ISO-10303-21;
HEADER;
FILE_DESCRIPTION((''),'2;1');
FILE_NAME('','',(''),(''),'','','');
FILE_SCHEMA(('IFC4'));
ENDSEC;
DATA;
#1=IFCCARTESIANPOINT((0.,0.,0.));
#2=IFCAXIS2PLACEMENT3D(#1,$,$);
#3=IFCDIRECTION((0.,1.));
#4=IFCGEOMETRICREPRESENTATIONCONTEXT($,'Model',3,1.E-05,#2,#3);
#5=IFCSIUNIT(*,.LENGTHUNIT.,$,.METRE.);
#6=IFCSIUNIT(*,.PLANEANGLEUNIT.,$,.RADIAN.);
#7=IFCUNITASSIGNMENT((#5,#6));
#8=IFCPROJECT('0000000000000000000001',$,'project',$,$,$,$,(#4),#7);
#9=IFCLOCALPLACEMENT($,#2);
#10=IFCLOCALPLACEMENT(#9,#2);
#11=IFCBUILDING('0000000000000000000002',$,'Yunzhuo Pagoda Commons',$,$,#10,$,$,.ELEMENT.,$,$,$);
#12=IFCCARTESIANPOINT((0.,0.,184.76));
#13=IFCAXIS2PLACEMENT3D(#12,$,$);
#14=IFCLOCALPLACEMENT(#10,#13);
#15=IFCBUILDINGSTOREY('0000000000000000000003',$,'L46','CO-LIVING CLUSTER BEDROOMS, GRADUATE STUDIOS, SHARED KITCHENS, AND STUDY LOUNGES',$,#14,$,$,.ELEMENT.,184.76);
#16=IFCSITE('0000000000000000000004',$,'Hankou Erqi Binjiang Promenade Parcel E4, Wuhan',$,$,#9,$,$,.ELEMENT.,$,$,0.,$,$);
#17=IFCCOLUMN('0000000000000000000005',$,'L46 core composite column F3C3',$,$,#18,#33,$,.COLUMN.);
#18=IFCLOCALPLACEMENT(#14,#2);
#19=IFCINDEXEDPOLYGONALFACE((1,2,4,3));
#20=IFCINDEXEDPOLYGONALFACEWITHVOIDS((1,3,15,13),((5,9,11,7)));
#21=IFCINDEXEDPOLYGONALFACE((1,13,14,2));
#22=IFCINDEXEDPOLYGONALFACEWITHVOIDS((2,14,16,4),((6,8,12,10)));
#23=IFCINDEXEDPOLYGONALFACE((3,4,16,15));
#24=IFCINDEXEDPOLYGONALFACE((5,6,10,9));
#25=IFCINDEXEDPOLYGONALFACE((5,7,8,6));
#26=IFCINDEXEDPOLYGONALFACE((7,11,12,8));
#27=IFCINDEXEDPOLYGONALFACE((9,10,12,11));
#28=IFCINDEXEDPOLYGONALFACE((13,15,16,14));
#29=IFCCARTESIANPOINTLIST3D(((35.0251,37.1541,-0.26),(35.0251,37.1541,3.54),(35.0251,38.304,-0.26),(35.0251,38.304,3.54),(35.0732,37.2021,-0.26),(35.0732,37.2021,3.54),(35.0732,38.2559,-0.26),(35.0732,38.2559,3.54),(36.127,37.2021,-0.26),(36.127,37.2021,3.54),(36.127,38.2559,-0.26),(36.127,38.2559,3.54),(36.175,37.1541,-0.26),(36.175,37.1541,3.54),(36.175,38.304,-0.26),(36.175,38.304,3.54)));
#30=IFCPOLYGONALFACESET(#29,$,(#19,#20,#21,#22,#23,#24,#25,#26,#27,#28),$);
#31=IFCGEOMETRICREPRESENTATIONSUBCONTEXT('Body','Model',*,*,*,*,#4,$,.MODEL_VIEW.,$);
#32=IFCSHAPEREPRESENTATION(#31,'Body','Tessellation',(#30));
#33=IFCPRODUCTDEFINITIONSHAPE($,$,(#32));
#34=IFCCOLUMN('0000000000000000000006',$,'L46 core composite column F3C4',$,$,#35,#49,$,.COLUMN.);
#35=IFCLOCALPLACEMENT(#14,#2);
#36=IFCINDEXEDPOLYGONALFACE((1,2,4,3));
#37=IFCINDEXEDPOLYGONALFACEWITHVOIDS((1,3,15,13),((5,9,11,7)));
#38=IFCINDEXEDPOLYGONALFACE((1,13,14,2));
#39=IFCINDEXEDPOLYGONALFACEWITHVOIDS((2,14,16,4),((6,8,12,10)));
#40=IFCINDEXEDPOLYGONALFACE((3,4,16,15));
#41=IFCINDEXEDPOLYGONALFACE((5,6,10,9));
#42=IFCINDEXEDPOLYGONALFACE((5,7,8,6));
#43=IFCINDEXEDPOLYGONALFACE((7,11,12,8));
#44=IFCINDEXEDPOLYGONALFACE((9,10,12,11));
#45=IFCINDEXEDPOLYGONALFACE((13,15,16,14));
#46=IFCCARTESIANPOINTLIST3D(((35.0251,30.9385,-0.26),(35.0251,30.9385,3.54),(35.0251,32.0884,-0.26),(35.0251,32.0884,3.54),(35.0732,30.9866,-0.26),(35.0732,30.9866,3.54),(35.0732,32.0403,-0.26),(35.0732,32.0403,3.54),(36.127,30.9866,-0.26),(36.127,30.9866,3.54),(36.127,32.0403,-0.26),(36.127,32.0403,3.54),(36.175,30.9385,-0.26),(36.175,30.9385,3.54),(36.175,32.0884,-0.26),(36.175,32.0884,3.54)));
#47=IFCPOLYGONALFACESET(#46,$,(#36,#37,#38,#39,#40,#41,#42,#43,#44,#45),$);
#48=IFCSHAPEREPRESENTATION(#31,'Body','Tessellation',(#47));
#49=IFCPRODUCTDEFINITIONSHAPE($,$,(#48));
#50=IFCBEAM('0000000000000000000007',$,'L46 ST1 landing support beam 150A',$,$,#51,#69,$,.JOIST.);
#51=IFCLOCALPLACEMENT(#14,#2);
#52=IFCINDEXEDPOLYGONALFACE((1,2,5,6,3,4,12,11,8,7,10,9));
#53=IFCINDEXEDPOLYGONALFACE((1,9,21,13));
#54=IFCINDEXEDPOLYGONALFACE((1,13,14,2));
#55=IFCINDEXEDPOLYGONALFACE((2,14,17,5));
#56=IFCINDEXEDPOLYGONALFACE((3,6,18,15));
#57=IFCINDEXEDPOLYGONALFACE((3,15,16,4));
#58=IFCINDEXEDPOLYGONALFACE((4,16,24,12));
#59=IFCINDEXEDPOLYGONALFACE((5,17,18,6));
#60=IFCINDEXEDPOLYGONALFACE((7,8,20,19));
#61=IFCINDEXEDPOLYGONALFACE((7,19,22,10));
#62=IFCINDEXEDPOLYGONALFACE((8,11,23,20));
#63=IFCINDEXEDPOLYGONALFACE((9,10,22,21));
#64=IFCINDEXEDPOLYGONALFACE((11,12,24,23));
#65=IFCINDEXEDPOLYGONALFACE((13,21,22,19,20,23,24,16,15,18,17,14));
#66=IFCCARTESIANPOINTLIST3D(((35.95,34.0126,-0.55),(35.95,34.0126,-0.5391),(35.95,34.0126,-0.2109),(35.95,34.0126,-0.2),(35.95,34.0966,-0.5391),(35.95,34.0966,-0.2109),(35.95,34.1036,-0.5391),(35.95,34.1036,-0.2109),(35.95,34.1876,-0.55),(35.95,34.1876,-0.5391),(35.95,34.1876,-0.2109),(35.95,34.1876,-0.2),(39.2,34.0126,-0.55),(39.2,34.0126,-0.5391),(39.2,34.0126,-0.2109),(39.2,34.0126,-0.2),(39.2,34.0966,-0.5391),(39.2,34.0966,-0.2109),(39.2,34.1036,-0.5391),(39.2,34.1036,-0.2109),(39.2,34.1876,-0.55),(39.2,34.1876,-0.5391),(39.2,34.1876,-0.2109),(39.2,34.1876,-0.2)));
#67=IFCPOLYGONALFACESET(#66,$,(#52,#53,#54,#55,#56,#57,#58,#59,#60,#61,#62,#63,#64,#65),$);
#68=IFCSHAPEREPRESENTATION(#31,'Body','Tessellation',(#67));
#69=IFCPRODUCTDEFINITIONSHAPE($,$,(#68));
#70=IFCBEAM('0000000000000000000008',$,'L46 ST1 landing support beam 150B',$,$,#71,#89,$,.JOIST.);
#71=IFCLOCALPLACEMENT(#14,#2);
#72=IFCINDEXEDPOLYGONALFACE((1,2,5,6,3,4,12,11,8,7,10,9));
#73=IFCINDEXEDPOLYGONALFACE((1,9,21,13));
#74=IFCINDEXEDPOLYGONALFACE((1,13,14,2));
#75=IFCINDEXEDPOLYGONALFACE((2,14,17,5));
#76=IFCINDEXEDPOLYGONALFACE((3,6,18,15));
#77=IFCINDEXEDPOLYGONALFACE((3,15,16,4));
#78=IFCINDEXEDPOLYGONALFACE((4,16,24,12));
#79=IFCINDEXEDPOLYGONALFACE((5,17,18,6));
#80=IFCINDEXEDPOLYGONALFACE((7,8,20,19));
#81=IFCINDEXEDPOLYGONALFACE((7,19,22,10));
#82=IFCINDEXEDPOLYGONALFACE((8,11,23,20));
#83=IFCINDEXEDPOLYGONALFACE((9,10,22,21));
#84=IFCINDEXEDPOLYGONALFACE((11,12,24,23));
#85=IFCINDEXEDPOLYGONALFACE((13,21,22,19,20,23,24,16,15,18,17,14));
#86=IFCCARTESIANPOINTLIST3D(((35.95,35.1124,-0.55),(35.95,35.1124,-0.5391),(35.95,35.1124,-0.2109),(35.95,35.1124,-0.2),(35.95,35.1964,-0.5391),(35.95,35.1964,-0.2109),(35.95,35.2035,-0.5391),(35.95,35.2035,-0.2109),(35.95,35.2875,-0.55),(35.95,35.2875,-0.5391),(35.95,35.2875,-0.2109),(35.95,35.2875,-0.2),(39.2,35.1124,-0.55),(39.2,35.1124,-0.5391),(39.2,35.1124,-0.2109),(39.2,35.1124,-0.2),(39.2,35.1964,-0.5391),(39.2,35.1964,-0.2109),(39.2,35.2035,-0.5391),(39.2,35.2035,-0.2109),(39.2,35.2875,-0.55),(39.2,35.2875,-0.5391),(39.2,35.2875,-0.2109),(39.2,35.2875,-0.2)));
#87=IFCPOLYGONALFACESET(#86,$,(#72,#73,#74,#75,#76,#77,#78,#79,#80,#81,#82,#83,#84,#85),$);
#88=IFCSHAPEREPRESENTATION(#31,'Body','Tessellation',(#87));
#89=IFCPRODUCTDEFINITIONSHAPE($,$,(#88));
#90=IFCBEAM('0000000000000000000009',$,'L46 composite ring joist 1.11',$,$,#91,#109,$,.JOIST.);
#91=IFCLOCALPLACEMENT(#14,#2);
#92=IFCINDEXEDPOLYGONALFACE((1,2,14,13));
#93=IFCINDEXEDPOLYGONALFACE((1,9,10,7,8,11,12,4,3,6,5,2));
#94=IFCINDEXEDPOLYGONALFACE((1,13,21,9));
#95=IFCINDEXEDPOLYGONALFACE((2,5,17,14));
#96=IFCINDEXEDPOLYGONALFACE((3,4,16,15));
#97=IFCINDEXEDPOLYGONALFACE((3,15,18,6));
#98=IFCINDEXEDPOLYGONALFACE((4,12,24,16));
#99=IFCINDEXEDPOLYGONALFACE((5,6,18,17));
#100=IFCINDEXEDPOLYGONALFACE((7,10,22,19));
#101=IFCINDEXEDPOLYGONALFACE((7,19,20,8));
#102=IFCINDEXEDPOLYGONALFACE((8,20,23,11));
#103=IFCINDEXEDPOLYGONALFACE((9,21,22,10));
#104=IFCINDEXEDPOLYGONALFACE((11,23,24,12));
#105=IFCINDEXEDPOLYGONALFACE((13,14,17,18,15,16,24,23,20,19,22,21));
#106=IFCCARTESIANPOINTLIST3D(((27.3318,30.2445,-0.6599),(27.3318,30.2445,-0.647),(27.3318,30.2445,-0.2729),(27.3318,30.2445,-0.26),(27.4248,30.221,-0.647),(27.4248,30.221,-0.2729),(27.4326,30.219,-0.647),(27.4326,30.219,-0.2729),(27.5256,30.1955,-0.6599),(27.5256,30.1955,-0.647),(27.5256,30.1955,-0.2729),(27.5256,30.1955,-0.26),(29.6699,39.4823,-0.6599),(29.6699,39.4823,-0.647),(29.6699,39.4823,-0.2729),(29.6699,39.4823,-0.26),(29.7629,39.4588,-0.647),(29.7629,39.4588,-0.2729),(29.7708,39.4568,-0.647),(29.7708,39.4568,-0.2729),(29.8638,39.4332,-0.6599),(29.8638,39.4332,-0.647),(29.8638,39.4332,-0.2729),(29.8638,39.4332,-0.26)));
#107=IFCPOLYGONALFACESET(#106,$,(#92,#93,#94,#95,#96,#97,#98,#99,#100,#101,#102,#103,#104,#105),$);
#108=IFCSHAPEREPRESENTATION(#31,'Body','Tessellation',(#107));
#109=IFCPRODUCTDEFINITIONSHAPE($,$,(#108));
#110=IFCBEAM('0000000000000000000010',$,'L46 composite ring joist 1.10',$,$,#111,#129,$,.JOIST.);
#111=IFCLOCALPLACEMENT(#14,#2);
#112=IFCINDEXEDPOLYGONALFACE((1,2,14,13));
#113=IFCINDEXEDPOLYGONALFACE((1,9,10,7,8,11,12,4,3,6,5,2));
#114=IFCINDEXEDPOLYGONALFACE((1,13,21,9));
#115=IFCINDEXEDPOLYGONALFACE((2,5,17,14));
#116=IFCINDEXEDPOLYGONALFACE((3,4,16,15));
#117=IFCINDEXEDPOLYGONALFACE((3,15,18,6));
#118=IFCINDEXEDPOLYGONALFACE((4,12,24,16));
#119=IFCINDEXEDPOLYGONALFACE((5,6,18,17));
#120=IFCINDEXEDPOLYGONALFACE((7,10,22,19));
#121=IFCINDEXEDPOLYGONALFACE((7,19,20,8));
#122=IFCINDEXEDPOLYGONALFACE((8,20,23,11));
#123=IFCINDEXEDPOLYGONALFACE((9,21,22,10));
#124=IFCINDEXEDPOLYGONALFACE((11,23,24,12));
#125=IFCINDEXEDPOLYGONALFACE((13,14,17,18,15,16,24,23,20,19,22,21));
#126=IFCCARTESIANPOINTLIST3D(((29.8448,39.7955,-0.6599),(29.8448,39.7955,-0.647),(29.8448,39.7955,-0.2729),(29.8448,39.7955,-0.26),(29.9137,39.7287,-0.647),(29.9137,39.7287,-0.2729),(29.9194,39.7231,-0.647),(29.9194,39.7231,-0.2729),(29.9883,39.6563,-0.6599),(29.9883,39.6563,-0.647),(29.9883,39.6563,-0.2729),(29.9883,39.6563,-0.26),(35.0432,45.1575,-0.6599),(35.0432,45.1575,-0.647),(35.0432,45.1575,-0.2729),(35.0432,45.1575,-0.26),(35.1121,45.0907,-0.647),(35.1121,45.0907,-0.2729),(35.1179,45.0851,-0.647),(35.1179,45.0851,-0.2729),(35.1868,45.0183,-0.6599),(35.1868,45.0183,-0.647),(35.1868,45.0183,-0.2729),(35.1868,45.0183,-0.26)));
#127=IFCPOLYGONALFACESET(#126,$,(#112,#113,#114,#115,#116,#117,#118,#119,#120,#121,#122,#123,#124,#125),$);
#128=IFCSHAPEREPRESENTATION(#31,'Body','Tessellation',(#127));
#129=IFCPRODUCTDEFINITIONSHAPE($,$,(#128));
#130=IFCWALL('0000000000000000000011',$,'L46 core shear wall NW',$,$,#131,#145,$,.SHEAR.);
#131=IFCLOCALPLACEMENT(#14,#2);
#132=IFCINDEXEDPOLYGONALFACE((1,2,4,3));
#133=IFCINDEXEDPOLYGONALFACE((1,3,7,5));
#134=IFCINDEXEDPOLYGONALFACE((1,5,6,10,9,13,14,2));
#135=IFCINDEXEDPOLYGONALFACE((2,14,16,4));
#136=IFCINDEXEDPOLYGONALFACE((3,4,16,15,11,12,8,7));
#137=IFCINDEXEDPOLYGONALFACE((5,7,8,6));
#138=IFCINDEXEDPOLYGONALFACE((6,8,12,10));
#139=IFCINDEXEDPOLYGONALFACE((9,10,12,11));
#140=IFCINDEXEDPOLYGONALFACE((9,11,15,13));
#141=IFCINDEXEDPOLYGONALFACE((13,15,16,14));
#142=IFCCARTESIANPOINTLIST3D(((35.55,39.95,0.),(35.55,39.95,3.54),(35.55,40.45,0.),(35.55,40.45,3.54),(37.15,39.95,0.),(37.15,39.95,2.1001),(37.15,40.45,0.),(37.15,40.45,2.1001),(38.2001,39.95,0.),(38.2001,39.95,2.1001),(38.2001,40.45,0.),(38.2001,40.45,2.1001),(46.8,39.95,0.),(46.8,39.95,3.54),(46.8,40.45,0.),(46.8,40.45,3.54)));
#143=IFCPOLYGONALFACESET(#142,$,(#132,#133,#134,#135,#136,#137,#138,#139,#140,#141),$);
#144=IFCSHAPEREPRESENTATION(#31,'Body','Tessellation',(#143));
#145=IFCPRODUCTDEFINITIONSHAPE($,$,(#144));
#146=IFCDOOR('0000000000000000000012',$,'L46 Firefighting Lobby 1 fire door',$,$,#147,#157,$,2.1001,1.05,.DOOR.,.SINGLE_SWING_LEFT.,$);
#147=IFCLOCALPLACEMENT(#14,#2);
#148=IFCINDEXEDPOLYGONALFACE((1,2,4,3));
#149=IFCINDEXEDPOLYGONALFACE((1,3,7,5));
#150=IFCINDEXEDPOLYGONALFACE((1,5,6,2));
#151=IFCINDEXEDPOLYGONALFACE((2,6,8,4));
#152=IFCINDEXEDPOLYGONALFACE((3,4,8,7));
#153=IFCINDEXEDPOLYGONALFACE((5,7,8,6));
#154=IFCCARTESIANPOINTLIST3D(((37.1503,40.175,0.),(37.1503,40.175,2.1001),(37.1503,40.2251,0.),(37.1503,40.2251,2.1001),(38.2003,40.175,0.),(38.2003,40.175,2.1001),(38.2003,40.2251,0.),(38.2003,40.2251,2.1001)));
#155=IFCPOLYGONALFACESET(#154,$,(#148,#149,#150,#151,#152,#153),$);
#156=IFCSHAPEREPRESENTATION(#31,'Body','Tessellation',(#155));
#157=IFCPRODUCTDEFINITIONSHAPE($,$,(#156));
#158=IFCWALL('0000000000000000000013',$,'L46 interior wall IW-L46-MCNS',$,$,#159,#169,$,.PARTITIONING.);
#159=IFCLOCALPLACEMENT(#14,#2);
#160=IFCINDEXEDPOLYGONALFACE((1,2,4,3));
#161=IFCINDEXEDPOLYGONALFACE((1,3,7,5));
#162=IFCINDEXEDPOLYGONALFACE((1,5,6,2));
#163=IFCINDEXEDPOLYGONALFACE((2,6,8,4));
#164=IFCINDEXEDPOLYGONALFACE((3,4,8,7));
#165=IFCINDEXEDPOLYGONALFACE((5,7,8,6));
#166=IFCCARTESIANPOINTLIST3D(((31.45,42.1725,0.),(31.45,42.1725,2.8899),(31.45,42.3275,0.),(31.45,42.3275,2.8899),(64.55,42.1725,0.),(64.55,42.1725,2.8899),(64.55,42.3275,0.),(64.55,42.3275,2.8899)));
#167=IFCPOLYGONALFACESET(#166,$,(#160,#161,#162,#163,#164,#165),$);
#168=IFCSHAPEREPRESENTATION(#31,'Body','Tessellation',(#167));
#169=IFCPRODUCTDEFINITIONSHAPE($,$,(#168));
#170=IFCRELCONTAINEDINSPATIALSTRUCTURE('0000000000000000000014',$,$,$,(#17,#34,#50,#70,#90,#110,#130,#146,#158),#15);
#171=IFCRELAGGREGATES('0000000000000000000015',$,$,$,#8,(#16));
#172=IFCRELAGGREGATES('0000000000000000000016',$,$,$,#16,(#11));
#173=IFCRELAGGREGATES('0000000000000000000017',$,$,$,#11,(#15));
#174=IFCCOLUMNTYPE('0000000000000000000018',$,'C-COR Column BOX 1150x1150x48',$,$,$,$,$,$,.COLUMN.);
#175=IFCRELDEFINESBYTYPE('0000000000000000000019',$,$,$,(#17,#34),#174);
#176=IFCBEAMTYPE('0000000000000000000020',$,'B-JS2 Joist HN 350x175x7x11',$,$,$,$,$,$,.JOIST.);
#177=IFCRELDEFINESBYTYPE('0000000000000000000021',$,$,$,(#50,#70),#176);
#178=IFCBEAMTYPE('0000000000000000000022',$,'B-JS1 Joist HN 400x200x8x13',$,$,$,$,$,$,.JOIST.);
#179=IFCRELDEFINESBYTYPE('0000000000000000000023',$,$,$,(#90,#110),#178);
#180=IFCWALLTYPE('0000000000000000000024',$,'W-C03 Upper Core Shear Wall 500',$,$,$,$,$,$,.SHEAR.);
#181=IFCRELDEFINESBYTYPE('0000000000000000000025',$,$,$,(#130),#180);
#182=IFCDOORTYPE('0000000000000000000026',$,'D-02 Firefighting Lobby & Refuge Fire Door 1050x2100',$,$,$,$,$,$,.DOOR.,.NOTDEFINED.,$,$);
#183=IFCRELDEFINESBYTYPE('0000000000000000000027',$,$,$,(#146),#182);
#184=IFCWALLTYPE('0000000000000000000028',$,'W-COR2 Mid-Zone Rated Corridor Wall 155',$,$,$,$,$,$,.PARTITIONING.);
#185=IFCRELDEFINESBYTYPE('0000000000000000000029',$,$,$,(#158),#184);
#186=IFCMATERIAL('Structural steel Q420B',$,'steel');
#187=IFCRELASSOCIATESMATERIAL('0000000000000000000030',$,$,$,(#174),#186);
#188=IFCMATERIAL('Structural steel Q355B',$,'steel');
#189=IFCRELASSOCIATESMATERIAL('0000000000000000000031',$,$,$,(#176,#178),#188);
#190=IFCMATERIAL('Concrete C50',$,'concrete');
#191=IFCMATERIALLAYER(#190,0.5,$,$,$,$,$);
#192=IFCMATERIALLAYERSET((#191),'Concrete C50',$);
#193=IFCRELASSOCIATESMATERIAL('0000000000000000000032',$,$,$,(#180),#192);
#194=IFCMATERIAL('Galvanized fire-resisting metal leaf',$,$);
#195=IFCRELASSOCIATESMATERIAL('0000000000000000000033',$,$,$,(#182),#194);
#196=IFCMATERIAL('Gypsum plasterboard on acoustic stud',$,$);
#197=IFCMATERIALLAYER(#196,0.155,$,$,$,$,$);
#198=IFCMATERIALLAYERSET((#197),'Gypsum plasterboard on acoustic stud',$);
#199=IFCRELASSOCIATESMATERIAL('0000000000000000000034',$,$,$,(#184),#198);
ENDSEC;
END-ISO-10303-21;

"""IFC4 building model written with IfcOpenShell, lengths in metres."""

from ifc_helpers import new_model, si_unit, direction, frame, frame_2d, origin, origin_2d, place, context, subcontext, project, spatial, rectangle, hollow_rectangle, i_section, extrude, source, transform, mapped, material, layer, layer_set, material_profile, profile_set, type_object, element, fill, save


model = new_model("IFC4")

# Units and contexts
model_context = context("Model", 3, precision=1e-05, world=origin(), true_north=direction((0.0, 1.0)))
body_context = subcontext(model_context, "Body", "Model", "MODEL_VIEW")
ifc_project = project(units=[si_unit("LENGTHUNIT", "METRE"), si_unit("PLANEANGLEUNIT", "RADIAN")], contexts=[model_context])

# Site, building, storey
site_placement = place(None, origin())
site = spatial("IfcSite", under=ifc_project, at=site_placement, Name="Hankou Erqi Binjiang Promenade Parcel E4, Wuhan", CompositionType="ELEMENT", RefElevation=0.0)
building_placement = place(site_placement, origin())
building = spatial("IfcBuilding", under=site, at=building_placement, Name="Yunzhuo Pagoda Commons", CompositionType="ELEMENT")
storey_placement = place(building_placement, frame((0.0, 0.0, 184.76)))
storey = spatial("IfcBuildingStorey", under=building, at=storey_placement, Name="L46", Description="CO-LIVING CLUSTER BEDROOMS, GRADUATE STUDIOS, SHARED KITCHENS, AND STUDY LOUNGES", CompositionType="ELEMENT", Elevation=184.76)

# Columns
ifc_material_1 = material(Name="Structural steel Q420B", Category="steel")
ifc_material_profile_1 = material_profile(ifc_material_1, hollow_rectangle(XDim=1.1499, YDim=1.1499, WallThickness=0.0481, at=origin_2d()), Name="Structural steel Q420B")
ifc_profile_set_1 = profile_set([ifc_material_profile_1], Name="Structural steel Q420B")
column_type = type_object("IfcColumnType", Name="C-COR Column BOX 1150x1150x48", PredefinedType="COLUMN", material=ifc_profile_set_1)
shared_shape_1 = source(origin(), body_context, "Body", "SweptSolid", [
    extrude(hollow_rectangle(XDim=1.1499, YDim=1.1499, WallThickness=0.0481, at=origin_2d()), origin(), (0.0, 0.0, 1.0), 3.8),
])
for number, where, z_axis, x_axis, name in (
    (1, (35.6001, 37.729, -0.26), (0.0, 0.0, 1.0), (1.0, 0.0, 0.0), "L46 core composite column F3C3"),
    (2, (35.6001, 31.5134, -0.26), (0.0, 0.0, 1.0), (1.0, 0.0, 0.0), "L46 core composite column F3C4"),
):
    element("IfcColumn", number, at=place(storey_placement, frame(where, z_axis=z_axis, x_axis=x_axis)), inside=storey, type_object=column_type, Name=name, PredefinedType="COLUMN", context=body_context, shape_type="MappedRepresentation", body=[
        mapped(shared_shape_1, transform((0.0, 0.0, 0.0), scale=1.0)),
    ])

# Beams
ifc_material_2 = material(Name="Structural steel Q355B", Category="steel")
ifc_material_profile_2 = material_profile(ifc_material_2, i_section(OverallWidth=0.175, OverallDepth=0.3501, WebThickness=0.0071, FlangeThickness=0.011, at=origin_2d()), Name="Structural steel Q355B")
ifc_profile_set_2 = profile_set([ifc_material_profile_2], Name="Structural steel Q355B")
beam_type_1 = type_object("IfcBeamType", Name="B-JS2 Joist HN 350x175x7x11", PredefinedType="JOIST", material=ifc_profile_set_2)
shared_shape_2 = source(origin(), body_context, "Body", "SweptSolid", [
    extrude(i_section(OverallWidth=0.175, OverallDepth=0.3501, WebThickness=0.0071, FlangeThickness=0.011, at=origin_2d()), origin(), (0.0, 0.0, 1.0), 3.25),
])
for number, where, z_axis, x_axis, name in (
    (3, (35.95, 34.1001, -0.375), (1.0, 0.0, 0.0), (0.0, 1.0, 0.0), "L46 ST1 landing support beam 150A"),
    (4, (35.95, 35.2, -0.375), (1.0, 0.0, 0.0), (0.0, 1.0, 0.0), "L46 ST1 landing support beam 150B"),
):
    element("IfcBeam", number, at=place(storey_placement, frame(where, z_axis=z_axis, x_axis=x_axis)), inside=storey, type_object=beam_type_1, Name=name, PredefinedType="JOIST", context=body_context, shape_type="MappedRepresentation", body=[
        mapped(shared_shape_2, transform((0.0, 0.0, 0.0), scale=1.0)),
    ])
ifc_material_profile_3 = material_profile(ifc_material_2, i_section(OverallWidth=0.2, OverallDepth=0.3999, WebThickness=0.0081, FlangeThickness=0.0129, at=origin_2d()), Name="Structural steel Q355B")
ifc_profile_set_3 = profile_set([ifc_material_profile_3], Name="Structural steel Q355B")
beam_type_2 = type_object("IfcBeamType", Name="B-JS1 Joist HN 400x200x8x13", PredefinedType="JOIST", material=ifc_profile_set_3)
shared_shape_3 = source(origin(), body_context, "Body", "SweptSolid", [
    extrude(i_section(OverallWidth=0.2, OverallDepth=0.3999, WebThickness=0.0081, FlangeThickness=0.0129, at=origin_2d()), origin(), (0.0, 0.0, 1.0), 9.5291),
])
beam_1_placement = place(storey_placement, frame((29.7668, 39.4578, -0.46), z_axis=(-0.245368, -0.96943, 0.0), x_axis=(0.96943, -0.245368, 0.0)))
element("IfcBeam", 5, at=beam_1_placement, inside=storey, type_object=beam_type_2, Name="L46 composite ring joist 1.11", PredefinedType="JOIST", context=body_context, shape_type="MappedRepresentation", body=[
    mapped(shared_shape_3, transform((0.0, 0.0, 0.0), scale=1.0)),
])
shared_shape_4 = source(origin(), body_context, "Body", "SweptSolid", [
    extrude(i_section(OverallWidth=0.2, OverallDepth=0.3999, WebThickness=0.0081, FlangeThickness=0.0129, at=origin_2d()), origin(), (0.0, 0.0, 1.0), 7.4683),
])
beam_2_placement = place(storey_placement, frame((35.115, 45.0879, -0.46), z_axis=(-0.696071, -0.717973, 0.0), x_axis=(0.717973, -0.696071, 0.0)))
element("IfcBeam", 6, at=beam_2_placement, inside=storey, type_object=beam_type_2, Name="L46 composite ring joist 1.10", PredefinedType="JOIST", context=body_context, shape_type="MappedRepresentation", body=[
    mapped(shared_shape_4, transform((0.0, 0.0, 0.0), scale=1.0)),
])

# Wall, opening, door
ifc_material_3 = material(Name="Concrete C50", Category="concrete")
ifc_layer_1 = layer(ifc_material_3, 0.5)
ifc_layer_set_1 = layer_set([ifc_layer_1], Name="Concrete C50")
wall_type_1 = type_object("IfcWallType", Name="W-C03 Upper Core Shear Wall 500", PredefinedType="SHEAR", material=ifc_layer_set_1)
wall_1_placement = place(storey_placement, frame((35.55, 40.2, 0.0), z_axis=(0.0, 0.0, 1.0), x_axis=(1.0, 0.0, 0.0)))
wall_1 = element("IfcWall", 7, at=wall_1_placement, inside=storey, type_object=wall_type_1, Name="L46 core shear wall NW", PredefinedType="SHEAR", context=body_context, shape_type="SweptSolid", body=[
    extrude(rectangle(XDim=11.25, YDim=0.5, at=frame_2d((5.625, 0.0))), origin(), (0.0, 0.0, 1.0), 3.54),
])
opening_1_placement = place(wall_1_placement, frame((1.6001, 0.0, 0.0)))
opening_1 = element("IfcOpeningElement", 8, at=opening_1_placement, cuts=wall_1, PredefinedType="OPENING", context=body_context, shape_type="SweptSolid", body=[
    extrude(rectangle(XDim=1.05, YDim=2.1001, at=frame_2d((0.5249, 1.05))), frame((0.0, 0.26, 0.0), z_axis=(0.0, -1.0, 0.0), x_axis=(1.0, 0.0, 0.0)), (0.0, 0.0, 1.0), 0.52),
])
ifc_material_4 = material(Name="Galvanized fire-resisting metal leaf")
door_type_1 = type_object("IfcDoorType", Name="D-02 Firefighting Lobby & Refuge Fire Door 1050x2100", OperationType="NOTDEFINED", PredefinedType="DOOR", material=ifc_material_4)
shared_shape_5 = source(origin(), body_context, "Body", "SweptSolid", [
    extrude(rectangle(XDim=1.05, YDim=2.1001, at=frame_2d((0.5249, 1.05))), frame((0.0, 0.0249, 0.0), z_axis=(0.0, -1.0, 0.0), x_axis=(1.0, 0.0, 0.0)), (0.0, 0.0, 1.0), 0.05),
])
door_1_placement = place(opening_1_placement, frame((1.05, 0.0, 0.0), z_axis=(0.0, 0.0, 1.0), x_axis=(-1.0, 0.0, 0.0)))
door_1 = element("IfcDoor", 9, at=door_1_placement, inside=storey, type_object=door_type_1, Name="L46 Firefighting Lobby 1 fire door", OperationType="SINGLE_SWING_LEFT", OverallHeight=2.1001, OverallWidth=1.05, PredefinedType="DOOR", context=body_context, shape_type="MappedRepresentation", body=[
    mapped(shared_shape_5, transform((0.0, 0.0, 0.0), scale=1.0)),
])
fill(opening_1, door_1)

# Wall
ifc_material_5 = material(Name="Gypsum plasterboard on acoustic stud")
ifc_layer_2 = layer(ifc_material_5, 0.155)
ifc_layer_set_2 = layer_set([ifc_layer_2], Name="Gypsum plasterboard on acoustic stud")
wall_type_2 = type_object("IfcWallType", Name="W-COR2 Mid-Zone Rated Corridor Wall 155", PredefinedType="PARTITIONING", material=ifc_layer_set_2)
wall_2_placement = place(storey_placement, frame((31.45, 42.25, 0.0), z_axis=(0.0, 0.0, 1.0), x_axis=(1.0, 0.0, 0.0)))
element("IfcWall", 10, at=wall_2_placement, inside=storey, type_object=wall_type_2, Name="L46 interior wall IW-L46-MCNS", PredefinedType="PARTITIONING", context=body_context, shape_type="SweptSolid", body=[
    extrude(rectangle(XDim=33.1001, YDim=0.155, at=frame_2d((16.55, 0.0))), origin(), (0.0, 0.0, 1.0), 2.8899),
])

save(model, "model.ifc")
